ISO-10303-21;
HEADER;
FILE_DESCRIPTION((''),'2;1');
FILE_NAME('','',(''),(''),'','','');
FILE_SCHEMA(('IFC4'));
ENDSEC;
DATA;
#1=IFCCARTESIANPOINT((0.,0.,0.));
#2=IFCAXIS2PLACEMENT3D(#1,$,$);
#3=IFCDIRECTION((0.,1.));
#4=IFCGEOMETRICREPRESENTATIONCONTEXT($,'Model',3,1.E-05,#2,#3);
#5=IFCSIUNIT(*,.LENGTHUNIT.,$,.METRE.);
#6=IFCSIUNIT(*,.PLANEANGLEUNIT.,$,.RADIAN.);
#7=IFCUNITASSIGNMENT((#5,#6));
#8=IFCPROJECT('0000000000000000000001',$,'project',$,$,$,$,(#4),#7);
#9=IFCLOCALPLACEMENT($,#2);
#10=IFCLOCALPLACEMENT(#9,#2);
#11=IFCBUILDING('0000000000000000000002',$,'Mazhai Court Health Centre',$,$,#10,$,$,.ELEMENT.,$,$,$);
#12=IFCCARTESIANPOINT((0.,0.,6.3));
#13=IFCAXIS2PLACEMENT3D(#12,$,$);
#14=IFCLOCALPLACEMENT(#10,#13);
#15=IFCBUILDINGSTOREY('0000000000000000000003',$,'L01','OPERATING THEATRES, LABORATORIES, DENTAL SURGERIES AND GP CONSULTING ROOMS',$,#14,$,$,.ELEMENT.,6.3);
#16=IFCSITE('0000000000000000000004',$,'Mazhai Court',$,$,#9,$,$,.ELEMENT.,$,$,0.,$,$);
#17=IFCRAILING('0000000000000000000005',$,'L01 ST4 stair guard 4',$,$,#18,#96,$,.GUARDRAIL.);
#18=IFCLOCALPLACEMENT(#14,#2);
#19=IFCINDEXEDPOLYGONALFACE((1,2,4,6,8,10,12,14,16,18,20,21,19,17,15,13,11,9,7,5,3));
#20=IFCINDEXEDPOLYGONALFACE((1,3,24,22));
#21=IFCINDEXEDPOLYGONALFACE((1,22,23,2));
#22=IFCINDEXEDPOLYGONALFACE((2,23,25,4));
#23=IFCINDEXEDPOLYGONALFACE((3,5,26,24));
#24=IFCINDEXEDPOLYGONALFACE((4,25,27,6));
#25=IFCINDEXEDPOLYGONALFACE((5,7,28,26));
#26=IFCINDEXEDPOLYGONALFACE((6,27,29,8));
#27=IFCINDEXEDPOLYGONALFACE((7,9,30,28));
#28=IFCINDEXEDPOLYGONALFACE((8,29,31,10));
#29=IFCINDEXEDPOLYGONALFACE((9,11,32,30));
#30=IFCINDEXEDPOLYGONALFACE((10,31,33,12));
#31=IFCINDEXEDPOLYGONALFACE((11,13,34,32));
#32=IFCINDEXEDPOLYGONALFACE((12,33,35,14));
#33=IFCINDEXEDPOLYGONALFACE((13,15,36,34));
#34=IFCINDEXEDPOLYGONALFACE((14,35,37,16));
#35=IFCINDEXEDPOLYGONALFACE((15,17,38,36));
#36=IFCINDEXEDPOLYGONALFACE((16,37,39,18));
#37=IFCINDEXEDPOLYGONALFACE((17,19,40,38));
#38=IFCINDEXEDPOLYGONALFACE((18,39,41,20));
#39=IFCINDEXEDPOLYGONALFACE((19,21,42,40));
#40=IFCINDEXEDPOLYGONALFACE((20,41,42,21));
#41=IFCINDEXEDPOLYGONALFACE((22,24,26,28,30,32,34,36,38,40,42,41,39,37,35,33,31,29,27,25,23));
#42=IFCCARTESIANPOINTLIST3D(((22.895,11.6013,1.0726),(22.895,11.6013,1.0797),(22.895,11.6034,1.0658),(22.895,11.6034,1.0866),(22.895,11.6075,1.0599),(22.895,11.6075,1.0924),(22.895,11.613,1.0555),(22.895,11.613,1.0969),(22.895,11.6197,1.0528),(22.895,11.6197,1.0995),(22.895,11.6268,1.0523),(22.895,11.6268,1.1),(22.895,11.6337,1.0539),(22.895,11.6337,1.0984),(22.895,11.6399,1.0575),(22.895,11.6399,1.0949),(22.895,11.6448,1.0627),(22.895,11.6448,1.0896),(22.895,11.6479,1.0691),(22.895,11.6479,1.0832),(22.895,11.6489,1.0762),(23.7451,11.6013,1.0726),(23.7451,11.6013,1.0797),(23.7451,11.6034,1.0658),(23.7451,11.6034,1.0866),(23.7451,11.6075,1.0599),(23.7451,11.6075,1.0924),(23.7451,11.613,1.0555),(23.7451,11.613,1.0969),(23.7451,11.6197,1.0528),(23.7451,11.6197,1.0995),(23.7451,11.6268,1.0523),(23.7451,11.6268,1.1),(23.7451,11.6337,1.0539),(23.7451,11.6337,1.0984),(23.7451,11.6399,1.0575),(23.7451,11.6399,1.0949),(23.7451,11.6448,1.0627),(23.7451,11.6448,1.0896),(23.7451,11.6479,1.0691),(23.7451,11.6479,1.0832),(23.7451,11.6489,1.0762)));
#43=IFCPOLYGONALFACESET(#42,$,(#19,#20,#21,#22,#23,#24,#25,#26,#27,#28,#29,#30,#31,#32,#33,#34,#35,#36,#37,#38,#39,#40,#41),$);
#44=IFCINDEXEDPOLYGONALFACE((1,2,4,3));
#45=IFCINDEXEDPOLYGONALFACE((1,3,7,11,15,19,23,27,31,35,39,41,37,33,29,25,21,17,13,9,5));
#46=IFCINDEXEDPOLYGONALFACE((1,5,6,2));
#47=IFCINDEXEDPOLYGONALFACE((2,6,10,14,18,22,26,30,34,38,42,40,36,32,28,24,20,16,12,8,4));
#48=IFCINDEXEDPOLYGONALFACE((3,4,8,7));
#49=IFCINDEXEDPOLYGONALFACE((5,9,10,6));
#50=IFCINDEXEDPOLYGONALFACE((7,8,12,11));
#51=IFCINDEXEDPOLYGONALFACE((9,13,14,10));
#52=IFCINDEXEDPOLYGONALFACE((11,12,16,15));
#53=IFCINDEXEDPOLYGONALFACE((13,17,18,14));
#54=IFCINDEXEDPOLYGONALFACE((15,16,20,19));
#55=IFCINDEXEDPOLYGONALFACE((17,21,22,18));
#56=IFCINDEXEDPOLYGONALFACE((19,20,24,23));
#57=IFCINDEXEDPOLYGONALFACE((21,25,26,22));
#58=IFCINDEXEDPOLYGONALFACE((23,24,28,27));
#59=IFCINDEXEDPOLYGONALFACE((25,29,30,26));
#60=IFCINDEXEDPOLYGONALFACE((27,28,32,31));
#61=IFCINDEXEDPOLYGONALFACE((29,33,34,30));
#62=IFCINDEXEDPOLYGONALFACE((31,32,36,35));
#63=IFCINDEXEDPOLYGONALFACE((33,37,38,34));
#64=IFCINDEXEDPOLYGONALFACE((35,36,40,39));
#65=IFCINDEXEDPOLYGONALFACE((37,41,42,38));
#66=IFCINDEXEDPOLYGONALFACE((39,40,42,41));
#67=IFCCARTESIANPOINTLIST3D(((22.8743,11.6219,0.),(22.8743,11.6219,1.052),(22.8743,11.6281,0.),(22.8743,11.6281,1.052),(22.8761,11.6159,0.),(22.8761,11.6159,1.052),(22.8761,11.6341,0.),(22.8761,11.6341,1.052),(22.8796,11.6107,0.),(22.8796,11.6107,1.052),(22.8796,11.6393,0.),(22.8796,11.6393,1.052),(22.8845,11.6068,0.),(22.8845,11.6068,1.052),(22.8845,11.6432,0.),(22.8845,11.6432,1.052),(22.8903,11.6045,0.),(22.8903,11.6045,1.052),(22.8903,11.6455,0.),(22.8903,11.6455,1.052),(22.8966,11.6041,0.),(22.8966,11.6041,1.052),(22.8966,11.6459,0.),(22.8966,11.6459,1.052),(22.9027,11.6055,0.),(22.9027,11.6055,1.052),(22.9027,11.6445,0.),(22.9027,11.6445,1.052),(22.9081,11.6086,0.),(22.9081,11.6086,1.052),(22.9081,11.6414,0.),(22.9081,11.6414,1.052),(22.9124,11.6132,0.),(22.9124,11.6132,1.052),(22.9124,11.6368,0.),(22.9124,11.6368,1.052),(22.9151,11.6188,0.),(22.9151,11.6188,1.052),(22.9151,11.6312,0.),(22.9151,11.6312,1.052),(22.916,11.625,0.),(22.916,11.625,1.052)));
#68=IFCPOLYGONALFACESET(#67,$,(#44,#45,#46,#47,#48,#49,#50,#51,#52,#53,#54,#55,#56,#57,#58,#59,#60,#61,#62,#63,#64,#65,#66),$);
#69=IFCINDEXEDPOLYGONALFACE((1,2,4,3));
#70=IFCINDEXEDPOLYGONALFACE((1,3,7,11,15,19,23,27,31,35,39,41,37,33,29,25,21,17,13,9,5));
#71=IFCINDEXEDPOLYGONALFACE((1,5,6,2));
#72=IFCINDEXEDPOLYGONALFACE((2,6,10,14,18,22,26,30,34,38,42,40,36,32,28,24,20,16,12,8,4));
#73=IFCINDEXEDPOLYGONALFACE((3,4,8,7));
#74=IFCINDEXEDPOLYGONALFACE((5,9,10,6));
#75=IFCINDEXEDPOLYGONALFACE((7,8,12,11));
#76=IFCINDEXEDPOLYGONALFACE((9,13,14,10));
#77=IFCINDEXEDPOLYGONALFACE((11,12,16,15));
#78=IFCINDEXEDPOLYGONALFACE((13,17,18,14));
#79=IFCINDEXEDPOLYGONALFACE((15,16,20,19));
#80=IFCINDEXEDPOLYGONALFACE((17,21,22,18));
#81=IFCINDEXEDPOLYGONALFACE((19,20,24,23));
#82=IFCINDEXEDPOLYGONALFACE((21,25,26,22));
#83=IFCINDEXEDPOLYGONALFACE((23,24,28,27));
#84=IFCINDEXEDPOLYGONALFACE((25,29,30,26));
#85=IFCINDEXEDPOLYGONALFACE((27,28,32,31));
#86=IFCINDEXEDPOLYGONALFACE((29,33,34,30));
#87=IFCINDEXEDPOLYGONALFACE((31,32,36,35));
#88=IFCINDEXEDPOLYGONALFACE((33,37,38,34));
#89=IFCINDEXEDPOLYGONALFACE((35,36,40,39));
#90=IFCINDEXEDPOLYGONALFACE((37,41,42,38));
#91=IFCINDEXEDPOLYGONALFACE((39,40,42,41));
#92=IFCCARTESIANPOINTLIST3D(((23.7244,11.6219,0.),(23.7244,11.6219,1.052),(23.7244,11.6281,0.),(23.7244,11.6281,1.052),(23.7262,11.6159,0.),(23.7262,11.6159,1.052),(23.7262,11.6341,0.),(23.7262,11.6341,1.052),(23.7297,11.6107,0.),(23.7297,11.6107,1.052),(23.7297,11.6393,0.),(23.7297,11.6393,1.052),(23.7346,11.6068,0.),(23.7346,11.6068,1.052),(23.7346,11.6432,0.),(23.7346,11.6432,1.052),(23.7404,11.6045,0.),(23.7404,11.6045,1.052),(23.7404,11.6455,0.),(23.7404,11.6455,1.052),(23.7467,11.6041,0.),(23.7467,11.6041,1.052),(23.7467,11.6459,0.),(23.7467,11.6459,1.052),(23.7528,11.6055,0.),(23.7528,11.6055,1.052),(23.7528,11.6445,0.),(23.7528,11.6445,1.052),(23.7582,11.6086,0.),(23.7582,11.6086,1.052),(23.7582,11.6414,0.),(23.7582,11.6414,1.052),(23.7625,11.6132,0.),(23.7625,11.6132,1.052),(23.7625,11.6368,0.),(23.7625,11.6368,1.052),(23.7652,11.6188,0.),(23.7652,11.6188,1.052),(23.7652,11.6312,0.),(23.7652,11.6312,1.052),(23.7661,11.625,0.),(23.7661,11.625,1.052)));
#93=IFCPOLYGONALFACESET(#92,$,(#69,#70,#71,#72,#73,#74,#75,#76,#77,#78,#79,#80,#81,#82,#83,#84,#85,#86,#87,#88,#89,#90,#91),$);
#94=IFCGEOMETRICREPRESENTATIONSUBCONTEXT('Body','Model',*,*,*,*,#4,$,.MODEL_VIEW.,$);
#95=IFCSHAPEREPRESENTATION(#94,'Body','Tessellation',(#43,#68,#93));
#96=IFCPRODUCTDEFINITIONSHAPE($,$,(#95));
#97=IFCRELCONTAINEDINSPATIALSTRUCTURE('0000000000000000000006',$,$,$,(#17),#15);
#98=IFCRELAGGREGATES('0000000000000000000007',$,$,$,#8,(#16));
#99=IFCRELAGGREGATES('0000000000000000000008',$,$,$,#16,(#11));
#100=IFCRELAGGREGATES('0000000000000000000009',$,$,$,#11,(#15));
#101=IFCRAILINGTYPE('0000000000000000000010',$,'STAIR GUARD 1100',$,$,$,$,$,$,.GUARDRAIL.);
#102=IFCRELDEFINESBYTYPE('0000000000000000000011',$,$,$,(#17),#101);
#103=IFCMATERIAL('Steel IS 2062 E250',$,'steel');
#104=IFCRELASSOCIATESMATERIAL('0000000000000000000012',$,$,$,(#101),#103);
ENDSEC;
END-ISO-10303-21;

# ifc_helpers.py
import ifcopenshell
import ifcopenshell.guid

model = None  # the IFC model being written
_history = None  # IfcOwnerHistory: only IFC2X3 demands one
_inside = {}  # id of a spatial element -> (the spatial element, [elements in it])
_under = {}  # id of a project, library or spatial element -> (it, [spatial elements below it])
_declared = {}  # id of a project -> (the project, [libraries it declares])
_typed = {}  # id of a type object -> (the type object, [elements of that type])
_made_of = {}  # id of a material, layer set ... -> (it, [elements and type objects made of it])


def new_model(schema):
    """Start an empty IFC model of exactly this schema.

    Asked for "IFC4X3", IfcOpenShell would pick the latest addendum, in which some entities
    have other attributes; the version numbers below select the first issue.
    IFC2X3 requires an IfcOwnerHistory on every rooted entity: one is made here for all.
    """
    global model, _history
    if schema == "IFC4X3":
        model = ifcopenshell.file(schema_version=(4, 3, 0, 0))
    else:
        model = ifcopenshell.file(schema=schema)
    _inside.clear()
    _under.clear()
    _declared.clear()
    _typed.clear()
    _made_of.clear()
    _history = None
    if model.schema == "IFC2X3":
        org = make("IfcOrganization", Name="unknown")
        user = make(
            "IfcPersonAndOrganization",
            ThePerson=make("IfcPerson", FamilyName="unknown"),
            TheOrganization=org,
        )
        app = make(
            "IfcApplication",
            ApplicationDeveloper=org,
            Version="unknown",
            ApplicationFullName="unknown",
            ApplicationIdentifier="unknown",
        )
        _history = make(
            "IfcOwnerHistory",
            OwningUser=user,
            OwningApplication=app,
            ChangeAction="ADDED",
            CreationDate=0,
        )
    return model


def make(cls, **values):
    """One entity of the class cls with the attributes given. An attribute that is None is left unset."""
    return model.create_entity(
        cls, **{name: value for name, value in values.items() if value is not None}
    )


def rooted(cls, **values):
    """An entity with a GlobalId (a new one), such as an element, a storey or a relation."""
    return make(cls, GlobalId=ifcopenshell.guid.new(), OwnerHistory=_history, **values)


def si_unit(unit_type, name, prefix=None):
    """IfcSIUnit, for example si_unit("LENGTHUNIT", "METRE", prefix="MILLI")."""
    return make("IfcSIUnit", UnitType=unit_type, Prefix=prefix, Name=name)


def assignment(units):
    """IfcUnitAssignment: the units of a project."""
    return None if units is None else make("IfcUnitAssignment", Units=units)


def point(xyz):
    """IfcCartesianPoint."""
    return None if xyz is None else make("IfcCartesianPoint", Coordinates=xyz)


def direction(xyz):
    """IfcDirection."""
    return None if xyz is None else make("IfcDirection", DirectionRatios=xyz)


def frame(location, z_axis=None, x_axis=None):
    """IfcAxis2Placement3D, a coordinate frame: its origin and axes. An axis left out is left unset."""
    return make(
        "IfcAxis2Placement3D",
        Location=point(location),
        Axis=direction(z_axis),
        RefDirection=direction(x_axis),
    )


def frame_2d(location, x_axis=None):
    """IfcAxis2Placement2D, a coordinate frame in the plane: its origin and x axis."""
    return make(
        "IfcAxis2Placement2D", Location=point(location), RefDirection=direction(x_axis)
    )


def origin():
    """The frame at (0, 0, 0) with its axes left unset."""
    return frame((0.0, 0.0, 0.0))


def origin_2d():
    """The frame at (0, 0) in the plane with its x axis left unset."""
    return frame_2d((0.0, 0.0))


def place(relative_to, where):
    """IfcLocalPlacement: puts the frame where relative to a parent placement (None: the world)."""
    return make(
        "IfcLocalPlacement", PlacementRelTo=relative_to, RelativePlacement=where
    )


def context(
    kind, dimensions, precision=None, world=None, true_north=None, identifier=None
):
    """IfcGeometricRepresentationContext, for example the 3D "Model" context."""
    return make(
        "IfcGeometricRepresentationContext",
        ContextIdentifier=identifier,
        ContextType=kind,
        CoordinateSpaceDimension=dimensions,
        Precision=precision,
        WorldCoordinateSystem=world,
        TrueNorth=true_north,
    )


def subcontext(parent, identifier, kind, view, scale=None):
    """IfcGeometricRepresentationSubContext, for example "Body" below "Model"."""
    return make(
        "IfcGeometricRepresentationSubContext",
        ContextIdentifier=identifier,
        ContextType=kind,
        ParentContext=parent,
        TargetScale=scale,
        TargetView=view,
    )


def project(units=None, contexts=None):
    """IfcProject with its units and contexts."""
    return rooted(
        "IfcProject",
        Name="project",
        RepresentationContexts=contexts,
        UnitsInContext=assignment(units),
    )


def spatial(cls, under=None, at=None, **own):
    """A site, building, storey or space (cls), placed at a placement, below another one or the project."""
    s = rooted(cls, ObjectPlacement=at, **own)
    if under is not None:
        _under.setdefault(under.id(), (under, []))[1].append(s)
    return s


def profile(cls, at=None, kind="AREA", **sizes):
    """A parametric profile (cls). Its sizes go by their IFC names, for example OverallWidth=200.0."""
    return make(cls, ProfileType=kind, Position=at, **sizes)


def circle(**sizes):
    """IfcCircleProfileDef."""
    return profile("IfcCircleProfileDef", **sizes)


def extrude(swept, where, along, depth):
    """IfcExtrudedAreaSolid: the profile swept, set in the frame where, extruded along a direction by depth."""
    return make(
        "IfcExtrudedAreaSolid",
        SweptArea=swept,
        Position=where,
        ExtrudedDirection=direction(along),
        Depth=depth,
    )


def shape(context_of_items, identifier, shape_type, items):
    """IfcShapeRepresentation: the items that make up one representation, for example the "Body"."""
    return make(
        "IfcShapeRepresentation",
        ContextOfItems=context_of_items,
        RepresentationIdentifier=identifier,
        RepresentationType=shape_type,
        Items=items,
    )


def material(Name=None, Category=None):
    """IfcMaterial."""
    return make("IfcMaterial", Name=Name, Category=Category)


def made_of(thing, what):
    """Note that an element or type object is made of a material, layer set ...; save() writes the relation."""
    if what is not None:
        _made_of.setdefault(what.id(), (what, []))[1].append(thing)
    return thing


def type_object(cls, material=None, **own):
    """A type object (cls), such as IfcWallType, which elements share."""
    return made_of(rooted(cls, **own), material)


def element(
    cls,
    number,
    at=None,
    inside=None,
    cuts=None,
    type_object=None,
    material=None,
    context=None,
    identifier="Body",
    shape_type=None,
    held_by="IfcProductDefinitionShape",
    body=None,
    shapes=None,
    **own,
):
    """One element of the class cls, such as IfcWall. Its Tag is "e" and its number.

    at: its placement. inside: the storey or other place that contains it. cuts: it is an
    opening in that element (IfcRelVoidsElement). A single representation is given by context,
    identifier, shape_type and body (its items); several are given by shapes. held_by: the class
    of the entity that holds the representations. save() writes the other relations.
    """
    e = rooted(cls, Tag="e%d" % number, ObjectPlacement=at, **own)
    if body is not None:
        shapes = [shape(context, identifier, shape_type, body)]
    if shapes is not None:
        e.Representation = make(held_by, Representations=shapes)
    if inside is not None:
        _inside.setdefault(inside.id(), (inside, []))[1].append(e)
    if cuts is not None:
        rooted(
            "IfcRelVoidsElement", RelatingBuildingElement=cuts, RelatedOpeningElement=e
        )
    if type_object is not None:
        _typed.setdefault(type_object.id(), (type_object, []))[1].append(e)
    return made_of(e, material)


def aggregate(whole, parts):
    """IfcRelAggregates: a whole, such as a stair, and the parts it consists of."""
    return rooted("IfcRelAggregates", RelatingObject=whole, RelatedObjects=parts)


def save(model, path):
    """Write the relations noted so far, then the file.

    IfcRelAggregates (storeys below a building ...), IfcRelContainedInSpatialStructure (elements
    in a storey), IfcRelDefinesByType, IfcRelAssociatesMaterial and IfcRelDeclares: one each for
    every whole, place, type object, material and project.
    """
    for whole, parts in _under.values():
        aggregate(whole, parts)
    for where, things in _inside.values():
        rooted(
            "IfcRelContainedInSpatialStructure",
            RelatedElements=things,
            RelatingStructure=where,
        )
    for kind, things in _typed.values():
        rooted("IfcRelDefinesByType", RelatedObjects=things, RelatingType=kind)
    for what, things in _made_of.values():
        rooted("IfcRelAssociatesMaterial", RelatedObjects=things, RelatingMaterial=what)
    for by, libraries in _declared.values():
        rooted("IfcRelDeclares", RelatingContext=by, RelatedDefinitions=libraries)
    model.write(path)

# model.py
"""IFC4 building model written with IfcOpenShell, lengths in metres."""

from ifc_helpers import new_model, si_unit, direction, frame, origin, origin_2d, place, context, subcontext, project, spatial, circle, extrude, material, type_object, element, save


model = new_model("IFC4")

# Units and contexts
model_context = context("Model", 3, precision=1e-05, world=origin(), true_north=direction((0.0, 1.0)))
body_context = subcontext(model_context, "Body", "Model", "MODEL_VIEW")
ifc_project = project(units=[si_unit("LENGTHUNIT", "METRE"), si_unit("PLANEANGLEUNIT", "RADIAN")], contexts=[model_context])

# Site, building, storey
site_placement = place(None, origin())
site = spatial("IfcSite", under=ifc_project, at=site_placement, Name="Mazhai Court", CompositionType="ELEMENT", RefElevation=0.0)
building_placement = place(site_placement, origin())
building = spatial("IfcBuilding", under=site, at=building_placement, Name="Mazhai Court Health Centre", CompositionType="ELEMENT")
storey_placement = place(building_placement, frame((0.0, 0.0, 6.3)))
storey = spatial("IfcBuildingStorey", under=building, at=storey_placement, Name="L01", Description="OPERATING THEATRES, LABORATORIES, DENTAL SURGERIES AND GP CONSULTING ROOMS", CompositionType="ELEMENT", Elevation=6.3)

# Railing
ifc_material_1 = material(Name="Steel IS 2062 E250", Category="steel")
railing_type = type_object("IfcRailingType", Name="STAIR GUARD 1100", PredefinedType="GUARDRAIL", material=ifc_material_1)
railing_1_placement = place(storey_placement, frame((22.895, 11.625, 0.0)))
element("IfcRailing", 1, at=railing_1_placement, inside=storey, type_object=railing_type, Name="L01 ST4 stair guard 4", PredefinedType="GUARDRAIL", context=body_context, shape_type="SweptSolid", body=[
    extrude(circle(Radius=0.0239, at=origin_2d()), frame((0.0, 0.0, 1.0762), z_axis=(1.0, 0.0, 0.0), x_axis=(0.0, 1.0, 0.0)), (0.0, 0.0, 1.0), 0.8501),
    extrude(circle(Radius=0.021, at=origin_2d()), origin(), (0.0, 0.0, 1.0), 1.052),
    extrude(circle(Radius=0.021, at=origin_2d()), frame((0.8501, 0.0, 0.0)), (0.0, 0.0, 1.0), 1.052),
])

save(model, "model.ifc")
